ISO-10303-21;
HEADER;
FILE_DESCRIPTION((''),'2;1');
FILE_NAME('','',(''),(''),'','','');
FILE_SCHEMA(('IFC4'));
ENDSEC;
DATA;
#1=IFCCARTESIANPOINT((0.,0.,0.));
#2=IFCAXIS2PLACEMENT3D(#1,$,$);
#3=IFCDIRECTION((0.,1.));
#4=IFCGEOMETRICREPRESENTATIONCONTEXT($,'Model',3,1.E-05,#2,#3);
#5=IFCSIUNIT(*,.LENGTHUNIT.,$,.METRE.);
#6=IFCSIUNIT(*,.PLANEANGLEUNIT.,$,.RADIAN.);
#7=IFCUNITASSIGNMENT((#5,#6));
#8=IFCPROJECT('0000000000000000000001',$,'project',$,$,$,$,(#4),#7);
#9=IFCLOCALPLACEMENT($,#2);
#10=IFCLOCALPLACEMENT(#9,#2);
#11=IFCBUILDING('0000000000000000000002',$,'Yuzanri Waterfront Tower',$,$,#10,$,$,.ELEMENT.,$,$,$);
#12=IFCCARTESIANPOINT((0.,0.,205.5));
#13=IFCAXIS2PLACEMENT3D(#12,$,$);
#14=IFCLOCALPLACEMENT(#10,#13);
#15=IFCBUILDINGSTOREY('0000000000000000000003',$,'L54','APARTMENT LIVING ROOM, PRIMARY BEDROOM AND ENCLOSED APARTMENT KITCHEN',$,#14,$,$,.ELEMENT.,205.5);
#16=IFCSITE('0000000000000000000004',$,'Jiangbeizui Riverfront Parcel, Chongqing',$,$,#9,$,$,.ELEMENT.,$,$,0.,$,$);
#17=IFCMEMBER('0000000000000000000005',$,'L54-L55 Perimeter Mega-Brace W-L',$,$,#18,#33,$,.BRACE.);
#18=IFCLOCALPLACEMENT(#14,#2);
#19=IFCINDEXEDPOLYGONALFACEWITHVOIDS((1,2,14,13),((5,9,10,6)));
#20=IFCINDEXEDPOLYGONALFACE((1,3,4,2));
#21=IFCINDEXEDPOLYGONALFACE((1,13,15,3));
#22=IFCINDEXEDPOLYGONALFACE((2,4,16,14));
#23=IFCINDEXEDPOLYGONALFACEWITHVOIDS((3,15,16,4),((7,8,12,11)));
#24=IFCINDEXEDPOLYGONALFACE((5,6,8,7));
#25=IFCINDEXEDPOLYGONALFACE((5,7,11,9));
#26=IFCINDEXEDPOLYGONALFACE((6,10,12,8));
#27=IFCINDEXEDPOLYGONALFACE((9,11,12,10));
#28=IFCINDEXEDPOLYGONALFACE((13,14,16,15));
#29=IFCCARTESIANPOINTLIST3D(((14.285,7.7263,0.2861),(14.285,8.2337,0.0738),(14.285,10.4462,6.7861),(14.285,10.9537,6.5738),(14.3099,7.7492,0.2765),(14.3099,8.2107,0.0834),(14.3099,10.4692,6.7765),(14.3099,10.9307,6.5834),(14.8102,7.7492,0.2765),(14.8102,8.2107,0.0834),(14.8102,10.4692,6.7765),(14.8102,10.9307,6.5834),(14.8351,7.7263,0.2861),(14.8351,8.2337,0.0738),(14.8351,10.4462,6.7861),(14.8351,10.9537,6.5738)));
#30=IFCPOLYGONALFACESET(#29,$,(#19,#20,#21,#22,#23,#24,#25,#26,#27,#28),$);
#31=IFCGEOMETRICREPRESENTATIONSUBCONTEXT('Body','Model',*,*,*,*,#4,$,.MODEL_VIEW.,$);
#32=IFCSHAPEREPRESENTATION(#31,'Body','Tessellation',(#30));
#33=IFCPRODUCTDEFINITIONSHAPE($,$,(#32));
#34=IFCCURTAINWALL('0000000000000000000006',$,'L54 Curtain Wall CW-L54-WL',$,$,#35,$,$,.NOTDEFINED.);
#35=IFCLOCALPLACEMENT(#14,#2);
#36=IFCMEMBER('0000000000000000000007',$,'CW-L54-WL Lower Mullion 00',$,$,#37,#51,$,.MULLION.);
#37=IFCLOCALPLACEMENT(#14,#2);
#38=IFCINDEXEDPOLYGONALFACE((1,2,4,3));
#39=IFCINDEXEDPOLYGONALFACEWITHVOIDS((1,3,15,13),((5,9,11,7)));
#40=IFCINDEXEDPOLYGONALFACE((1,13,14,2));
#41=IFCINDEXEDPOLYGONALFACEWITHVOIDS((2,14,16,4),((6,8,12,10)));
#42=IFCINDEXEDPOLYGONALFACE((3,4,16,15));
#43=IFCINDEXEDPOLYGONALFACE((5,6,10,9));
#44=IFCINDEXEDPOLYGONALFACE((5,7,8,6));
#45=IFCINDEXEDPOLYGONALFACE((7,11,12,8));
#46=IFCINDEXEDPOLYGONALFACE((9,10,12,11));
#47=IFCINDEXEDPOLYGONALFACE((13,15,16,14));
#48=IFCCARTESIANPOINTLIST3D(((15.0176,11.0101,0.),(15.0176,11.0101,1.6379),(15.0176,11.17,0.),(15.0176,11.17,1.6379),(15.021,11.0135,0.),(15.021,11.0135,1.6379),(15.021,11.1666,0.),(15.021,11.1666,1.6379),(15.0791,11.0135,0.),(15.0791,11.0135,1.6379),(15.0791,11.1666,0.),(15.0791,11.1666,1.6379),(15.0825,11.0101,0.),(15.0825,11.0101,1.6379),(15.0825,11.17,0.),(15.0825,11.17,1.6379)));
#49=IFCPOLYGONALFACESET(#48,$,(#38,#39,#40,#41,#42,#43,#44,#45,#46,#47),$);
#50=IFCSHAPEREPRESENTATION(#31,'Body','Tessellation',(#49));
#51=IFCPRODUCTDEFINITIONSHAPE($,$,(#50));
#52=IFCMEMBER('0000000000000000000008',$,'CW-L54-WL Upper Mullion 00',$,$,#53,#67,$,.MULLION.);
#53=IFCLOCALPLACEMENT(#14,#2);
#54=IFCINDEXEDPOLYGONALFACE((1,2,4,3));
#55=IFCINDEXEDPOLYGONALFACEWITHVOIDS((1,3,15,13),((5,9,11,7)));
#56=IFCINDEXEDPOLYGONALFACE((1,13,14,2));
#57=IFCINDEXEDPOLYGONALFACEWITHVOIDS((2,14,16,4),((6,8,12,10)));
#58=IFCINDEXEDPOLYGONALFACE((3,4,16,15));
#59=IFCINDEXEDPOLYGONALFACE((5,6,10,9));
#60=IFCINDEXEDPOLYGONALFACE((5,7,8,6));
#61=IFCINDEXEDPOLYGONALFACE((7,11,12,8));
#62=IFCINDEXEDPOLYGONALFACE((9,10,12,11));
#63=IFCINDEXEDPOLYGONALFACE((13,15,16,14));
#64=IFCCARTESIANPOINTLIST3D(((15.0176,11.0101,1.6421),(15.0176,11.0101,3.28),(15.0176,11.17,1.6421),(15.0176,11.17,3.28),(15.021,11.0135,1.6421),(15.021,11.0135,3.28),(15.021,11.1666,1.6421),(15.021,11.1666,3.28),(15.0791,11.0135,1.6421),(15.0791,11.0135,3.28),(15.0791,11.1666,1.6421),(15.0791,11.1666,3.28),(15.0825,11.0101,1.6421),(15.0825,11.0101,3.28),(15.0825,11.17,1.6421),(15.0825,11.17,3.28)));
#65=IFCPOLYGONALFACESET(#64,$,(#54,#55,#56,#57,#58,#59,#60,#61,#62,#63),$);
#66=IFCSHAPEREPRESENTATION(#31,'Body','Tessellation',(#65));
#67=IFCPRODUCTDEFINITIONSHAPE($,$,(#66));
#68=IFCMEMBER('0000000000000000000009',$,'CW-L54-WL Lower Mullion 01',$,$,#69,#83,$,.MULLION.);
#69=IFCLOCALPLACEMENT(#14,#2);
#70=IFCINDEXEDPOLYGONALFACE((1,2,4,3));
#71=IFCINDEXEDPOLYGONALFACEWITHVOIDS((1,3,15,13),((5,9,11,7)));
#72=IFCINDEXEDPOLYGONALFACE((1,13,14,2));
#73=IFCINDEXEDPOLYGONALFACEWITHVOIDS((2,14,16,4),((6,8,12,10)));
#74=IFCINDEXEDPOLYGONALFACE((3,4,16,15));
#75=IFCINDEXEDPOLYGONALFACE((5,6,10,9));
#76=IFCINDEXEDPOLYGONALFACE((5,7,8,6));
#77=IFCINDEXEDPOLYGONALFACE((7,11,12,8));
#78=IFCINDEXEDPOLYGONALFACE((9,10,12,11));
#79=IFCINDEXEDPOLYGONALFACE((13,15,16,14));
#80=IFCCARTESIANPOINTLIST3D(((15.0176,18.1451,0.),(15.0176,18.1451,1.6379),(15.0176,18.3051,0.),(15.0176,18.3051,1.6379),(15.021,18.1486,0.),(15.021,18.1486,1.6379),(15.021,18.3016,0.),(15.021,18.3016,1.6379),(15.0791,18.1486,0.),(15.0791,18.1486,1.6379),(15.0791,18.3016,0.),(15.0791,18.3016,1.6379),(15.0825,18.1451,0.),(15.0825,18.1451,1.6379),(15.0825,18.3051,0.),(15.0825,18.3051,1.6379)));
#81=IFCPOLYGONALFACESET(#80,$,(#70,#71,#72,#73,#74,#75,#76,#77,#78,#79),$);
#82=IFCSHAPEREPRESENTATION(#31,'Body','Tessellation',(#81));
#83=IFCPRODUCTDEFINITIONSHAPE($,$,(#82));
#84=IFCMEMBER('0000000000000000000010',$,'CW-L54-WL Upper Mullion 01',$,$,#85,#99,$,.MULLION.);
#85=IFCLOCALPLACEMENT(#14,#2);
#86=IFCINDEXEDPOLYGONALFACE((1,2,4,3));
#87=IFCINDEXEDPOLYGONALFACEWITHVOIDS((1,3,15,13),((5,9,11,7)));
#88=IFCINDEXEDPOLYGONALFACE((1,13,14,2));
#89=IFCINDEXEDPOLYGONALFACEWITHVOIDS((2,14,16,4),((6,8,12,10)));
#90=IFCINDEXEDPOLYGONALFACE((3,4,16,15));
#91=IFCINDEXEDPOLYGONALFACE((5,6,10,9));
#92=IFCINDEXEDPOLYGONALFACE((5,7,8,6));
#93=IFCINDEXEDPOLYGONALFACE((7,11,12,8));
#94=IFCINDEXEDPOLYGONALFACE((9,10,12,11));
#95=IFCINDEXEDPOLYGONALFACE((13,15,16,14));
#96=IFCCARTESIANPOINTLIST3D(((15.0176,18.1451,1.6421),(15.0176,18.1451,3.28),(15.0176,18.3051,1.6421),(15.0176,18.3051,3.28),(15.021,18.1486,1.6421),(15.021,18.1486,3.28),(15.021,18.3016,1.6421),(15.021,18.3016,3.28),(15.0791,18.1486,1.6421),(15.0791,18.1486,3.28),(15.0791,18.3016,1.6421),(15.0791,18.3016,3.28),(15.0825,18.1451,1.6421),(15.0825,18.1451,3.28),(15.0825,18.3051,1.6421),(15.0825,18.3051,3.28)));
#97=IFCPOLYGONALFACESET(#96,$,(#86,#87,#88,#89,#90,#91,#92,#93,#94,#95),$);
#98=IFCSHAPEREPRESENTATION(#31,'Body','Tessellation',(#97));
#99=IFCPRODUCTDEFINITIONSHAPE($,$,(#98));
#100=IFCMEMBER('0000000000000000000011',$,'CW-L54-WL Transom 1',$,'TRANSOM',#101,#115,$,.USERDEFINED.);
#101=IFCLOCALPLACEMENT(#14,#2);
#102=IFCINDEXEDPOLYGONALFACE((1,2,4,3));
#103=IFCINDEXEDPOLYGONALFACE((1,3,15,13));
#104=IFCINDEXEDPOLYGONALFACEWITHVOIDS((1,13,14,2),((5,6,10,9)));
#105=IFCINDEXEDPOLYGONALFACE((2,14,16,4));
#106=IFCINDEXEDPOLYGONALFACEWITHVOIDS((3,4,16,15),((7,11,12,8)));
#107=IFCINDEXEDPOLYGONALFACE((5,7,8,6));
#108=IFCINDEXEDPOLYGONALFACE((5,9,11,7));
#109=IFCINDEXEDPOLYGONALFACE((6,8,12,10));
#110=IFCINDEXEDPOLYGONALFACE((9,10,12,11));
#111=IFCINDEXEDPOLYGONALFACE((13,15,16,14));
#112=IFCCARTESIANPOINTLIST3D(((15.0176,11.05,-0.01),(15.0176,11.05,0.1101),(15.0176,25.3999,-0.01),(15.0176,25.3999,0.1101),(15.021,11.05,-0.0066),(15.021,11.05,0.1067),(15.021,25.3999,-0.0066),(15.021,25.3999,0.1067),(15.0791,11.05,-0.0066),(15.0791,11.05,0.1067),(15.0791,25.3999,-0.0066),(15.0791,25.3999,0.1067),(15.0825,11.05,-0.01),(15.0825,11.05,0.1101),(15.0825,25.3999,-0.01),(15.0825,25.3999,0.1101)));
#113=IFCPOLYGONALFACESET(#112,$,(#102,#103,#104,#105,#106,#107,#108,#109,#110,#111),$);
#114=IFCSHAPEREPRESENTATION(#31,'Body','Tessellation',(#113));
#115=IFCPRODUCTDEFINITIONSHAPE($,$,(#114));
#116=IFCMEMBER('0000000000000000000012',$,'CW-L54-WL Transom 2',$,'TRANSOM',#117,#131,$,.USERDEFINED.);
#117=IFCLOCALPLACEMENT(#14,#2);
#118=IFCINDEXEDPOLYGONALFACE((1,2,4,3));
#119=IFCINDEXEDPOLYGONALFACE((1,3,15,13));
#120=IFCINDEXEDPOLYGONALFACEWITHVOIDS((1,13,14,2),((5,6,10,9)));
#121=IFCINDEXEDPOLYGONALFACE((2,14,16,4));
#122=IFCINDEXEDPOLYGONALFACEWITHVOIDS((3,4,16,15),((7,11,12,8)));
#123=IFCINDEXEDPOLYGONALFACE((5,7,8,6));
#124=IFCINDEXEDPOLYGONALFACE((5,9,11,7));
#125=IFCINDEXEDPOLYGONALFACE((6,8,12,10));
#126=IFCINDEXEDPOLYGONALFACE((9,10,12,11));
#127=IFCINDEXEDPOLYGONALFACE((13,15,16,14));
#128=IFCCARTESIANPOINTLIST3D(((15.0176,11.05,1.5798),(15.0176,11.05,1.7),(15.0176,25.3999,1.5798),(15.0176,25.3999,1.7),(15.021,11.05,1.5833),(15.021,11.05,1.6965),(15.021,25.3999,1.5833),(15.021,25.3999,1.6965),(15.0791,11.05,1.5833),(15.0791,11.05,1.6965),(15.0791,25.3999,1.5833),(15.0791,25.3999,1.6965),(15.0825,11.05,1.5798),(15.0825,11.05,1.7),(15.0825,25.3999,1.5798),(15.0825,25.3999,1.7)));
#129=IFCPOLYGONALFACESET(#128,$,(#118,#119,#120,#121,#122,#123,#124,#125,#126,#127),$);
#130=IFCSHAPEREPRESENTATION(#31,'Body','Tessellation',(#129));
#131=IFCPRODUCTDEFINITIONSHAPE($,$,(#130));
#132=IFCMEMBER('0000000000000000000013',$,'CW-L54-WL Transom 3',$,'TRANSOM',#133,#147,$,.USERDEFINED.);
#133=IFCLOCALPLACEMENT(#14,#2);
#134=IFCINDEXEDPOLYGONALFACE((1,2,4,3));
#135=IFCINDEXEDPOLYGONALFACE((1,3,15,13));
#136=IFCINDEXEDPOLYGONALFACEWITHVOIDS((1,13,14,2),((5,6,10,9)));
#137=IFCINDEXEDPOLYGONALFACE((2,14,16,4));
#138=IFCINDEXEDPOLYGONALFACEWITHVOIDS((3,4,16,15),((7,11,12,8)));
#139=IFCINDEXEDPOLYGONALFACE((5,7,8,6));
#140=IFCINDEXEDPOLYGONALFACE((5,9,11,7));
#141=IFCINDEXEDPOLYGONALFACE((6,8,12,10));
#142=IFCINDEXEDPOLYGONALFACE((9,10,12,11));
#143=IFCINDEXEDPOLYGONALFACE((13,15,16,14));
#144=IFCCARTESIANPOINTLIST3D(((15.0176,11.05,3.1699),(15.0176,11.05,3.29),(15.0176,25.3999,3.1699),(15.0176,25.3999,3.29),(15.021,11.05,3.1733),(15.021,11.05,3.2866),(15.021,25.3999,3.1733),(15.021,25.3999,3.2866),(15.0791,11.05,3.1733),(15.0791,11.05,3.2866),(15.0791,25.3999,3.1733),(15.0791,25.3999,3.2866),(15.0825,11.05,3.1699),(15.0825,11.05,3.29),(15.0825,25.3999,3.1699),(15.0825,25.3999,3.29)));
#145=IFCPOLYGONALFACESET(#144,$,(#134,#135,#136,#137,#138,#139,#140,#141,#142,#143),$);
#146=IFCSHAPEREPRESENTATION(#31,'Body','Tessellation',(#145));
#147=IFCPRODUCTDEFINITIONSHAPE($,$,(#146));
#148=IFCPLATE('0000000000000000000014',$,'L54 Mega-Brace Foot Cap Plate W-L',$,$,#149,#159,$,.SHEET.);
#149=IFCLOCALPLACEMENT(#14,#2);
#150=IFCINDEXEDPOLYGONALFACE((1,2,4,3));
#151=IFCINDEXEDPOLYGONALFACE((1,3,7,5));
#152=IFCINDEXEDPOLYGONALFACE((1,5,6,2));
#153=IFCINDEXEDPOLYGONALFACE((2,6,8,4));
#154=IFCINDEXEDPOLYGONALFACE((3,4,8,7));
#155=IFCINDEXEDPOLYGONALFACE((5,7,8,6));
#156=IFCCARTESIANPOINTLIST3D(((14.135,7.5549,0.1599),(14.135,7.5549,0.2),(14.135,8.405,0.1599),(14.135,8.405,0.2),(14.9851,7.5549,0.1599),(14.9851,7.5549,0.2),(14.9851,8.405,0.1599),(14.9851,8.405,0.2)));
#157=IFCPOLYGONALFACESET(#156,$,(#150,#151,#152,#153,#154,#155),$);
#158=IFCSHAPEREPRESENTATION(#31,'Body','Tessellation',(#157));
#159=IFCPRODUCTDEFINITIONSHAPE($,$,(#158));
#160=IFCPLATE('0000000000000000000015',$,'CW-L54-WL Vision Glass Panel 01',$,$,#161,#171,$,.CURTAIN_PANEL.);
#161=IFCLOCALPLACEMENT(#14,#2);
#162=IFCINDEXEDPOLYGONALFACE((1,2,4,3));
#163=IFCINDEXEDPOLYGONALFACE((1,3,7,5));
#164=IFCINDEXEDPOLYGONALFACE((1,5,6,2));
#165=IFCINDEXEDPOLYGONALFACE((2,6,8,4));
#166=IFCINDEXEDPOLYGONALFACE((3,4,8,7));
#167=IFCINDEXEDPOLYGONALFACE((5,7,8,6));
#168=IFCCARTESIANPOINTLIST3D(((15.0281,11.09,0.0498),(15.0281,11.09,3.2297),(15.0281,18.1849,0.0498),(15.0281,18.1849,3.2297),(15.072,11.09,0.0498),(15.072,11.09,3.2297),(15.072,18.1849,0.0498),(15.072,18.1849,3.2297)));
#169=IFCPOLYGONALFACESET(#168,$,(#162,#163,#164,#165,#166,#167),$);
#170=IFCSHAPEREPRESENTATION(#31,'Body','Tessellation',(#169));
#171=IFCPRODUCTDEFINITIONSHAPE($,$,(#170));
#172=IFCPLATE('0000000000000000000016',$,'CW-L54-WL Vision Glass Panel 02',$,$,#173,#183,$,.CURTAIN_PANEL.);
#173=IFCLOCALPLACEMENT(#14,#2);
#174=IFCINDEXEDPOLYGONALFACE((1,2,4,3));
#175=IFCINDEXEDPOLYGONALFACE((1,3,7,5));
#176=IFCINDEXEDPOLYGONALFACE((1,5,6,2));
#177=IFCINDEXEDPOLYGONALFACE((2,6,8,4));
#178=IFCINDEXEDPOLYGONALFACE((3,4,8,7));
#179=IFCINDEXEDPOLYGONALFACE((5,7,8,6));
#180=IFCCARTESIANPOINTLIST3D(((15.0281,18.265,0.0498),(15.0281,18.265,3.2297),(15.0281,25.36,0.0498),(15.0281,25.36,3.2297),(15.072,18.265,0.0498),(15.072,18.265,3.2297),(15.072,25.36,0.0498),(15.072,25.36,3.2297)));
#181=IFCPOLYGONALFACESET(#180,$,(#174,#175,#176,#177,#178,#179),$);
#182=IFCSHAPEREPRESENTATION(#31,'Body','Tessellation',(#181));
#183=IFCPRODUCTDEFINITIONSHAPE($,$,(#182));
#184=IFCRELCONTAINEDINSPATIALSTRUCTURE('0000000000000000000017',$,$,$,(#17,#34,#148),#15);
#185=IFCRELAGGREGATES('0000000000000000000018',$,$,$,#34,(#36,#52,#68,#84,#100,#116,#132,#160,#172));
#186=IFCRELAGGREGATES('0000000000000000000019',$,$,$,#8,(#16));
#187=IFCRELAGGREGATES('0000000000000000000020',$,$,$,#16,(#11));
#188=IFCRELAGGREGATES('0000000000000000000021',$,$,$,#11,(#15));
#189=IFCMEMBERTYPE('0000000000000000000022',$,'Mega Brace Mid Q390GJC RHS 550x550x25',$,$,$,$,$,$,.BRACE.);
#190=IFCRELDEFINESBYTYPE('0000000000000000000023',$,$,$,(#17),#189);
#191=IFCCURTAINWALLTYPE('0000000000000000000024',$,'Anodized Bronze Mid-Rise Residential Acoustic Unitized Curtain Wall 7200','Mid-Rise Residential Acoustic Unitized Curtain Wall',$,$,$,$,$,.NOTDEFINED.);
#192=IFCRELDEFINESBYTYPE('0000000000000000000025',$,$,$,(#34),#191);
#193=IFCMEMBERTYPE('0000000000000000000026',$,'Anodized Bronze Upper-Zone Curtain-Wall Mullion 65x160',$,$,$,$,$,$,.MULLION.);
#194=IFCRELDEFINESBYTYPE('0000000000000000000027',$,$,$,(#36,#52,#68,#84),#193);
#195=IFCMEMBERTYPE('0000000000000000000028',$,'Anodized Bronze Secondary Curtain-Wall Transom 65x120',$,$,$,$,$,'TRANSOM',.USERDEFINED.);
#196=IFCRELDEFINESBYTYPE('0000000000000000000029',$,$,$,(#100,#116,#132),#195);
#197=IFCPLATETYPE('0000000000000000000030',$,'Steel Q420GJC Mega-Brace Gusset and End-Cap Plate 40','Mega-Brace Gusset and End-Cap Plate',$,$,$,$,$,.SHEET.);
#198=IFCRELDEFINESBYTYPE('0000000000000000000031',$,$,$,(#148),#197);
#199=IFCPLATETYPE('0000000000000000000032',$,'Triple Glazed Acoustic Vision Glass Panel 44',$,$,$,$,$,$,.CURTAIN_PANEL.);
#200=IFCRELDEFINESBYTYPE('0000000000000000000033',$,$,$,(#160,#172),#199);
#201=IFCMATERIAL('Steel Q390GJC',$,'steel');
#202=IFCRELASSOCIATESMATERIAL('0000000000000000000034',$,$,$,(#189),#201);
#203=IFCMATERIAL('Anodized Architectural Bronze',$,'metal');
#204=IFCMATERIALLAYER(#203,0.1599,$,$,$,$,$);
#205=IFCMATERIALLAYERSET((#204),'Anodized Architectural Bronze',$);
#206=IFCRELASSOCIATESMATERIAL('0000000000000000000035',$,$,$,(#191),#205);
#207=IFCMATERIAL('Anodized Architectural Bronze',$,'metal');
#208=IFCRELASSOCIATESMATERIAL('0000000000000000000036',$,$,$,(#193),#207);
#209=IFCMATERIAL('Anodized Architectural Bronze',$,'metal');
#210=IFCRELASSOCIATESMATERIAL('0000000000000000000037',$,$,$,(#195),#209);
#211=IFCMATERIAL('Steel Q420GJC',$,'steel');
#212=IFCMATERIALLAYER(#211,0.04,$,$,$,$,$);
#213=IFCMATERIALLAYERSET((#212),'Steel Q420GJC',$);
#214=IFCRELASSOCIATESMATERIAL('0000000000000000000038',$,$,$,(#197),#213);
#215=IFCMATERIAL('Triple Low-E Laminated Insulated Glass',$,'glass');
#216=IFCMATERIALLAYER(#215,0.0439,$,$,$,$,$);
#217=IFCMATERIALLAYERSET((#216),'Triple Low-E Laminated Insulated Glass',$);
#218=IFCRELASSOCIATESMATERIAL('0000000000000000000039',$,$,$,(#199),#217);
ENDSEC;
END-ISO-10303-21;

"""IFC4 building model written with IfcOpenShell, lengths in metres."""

from ifc_helpers import new_model, si_unit, direction, frame, origin, origin_2d, place, context, subcontext, project, spatial, rectangle, hollow_rectangle, extrude, source, transform, mapped, material, layer, layer_set, material_profile, profile_set, type_object, element, aggregate, save


model = new_model("IFC4")

# Units and contexts
model_context = context("Model", 3, precision=1e-05, world=origin(), true_north=direction((0.0, 1.0)))
body_context = subcontext(model_context, "Body", "Model", "MODEL_VIEW")
ifc_project = project(units=[si_unit("LENGTHUNIT", "METRE"), si_unit("PLANEANGLEUNIT", "RADIAN")], contexts=[model_context])

# Site, building, storey
site_placement = place(None, origin())
site = spatial("IfcSite", under=ifc_project, at=site_placement, Name="Jiangbeizui Riverfront Parcel, Chongqing", CompositionType="ELEMENT", RefElevation=0.0)
building_placement = place(site_placement, origin())
building = spatial("IfcBuilding", under=site, at=building_placement, Name="Yuzanri Waterfront Tower", CompositionType="ELEMENT")
storey_placement = place(building_placement, frame((0.0, 0.0, 205.5)))
storey = spatial("IfcBuildingStorey", under=building, at=storey_placement, Name="L54", Description="APARTMENT LIVING ROOM, PRIMARY BEDROOM AND ENCLOSED APARTMENT KITCHEN", CompositionType="ELEMENT", Elevation=205.5)

# Member
ifc_material_1 = material(Name="Steel Q390GJC", Category="steel")
ifc_material_profile_1 = material_profile(ifc_material_1, hollow_rectangle(XDim=0.55, YDim=0.55, WallThickness=0.0249, at=origin_2d()), Name="RHS 550x550x25")
ifc_profile_set_1 = profile_set([ifc_material_profile_1], Name="Steel Q390GJC")
member_type_1 = type_object("IfcMemberType", Name="Mega Brace Mid Q390GJC RHS 550x550x25", PredefinedType="BRACE", material=ifc_profile_set_1)
shared_shape_1 = source(origin(), body_context, "Body", "SweptSolid", [
    extrude(hollow_rectangle(XDim=0.55, YDim=0.55, WallThickness=0.0249, at=origin_2d()), origin(), (0.0, 0.0, 1.0), 7.0461),
])
member_1_placement = place(storey_placement, frame((14.5601, 7.98, 0.1799), z_axis=(0.0, 0.386022, 0.922489), x_axis=(-1.0, 0.0, 0.0)))
element("IfcMember", 1, at=member_1_placement, inside=storey, type_object=member_type_1, Name="L54-L55 Perimeter Mega-Brace W-L", PredefinedType="BRACE", context=body_context, shape_type="MappedRepresentation", body=[
    mapped(shared_shape_1, transform((0.0, 0.0, 0.0), scale=1.0)),
])

# Curtain wall, members
ifc_material_2 = material(Name="Anodized Architectural Bronze", Category="metal")
ifc_layer_1 = layer(ifc_material_2, 0.1599)
ifc_layer_set_1 = layer_set([ifc_layer_1], Name="Anodized Architectural Bronze")
curtain_wall_type = type_object("IfcCurtainWallType", Name="Anodized Bronze Mid-Rise Residential Acoustic Unitized Curtain Wall 7200", Description="Mid-Rise Residential Acoustic Unitized Curtain Wall", PredefinedType="NOTDEFINED", material=ifc_layer_set_1)
curtain_wall_placement = place(storey_placement, origin())
curtain_wall = element("IfcCurtainWall", 2, at=curtain_wall_placement, inside=storey, type_object=curtain_wall_type, Name="L54 Curtain Wall CW-L54-WL", PredefinedType="NOTDEFINED")
ifc_material_3 = material(Name="Anodized Architectural Bronze", Category="metal")
ifc_material_profile_2 = material_profile(ifc_material_3, hollow_rectangle(XDim=0.0649, YDim=0.1599, WallThickness=0.0034, at=origin_2d()), Name="CWM 65x160")
ifc_profile_set_2 = profile_set([ifc_material_profile_2], Name="Anodized Architectural Bronze")
member_type_2 = type_object("IfcMemberType", Name="Anodized Bronze Upper-Zone Curtain-Wall Mullion 65x160", PredefinedType="MULLION", material=ifc_profile_set_2)
shared_shape_2 = source(origin(), body_context, "Body", "SweptSolid", [
    extrude(hollow_rectangle(XDim=0.0649, YDim=0.1599, WallThickness=0.0034, at=origin_2d()), origin(), (0.0, 0.0, 1.0), 1.6379),
])
member_2_placement = place(storey_placement, frame((15.05, 11.0901, 0.0), z_axis=(0.0, 0.0, 1.0), x_axis=(1.0, 0.0, 0.0)))
member_2 = element("IfcMember", 3, at=member_2_placement, type_object=member_type_2, Name="CW-L54-WL Lower Mullion 00", PredefinedType="MULLION", context=body_context, shape_type="MappedRepresentation", body=[
    mapped(shared_shape_2, transform((0.0, 0.0, 0.0), scale=1.0)),
])
member_3_placement = place(storey_placement, frame((15.05, 11.0901, 1.6421), z_axis=(0.0, 0.0, 1.0), x_axis=(1.0, 0.0, 0.0)))
member_3 = element("IfcMember", 4, at=member_3_placement, type_object=member_type_2, Name="CW-L54-WL Upper Mullion 00", PredefinedType="MULLION", context=body_context, shape_type="MappedRepresentation", body=[
    mapped(shared_shape_2, transform((0.0, 0.0, 0.0), scale=1.0)),
])
member_4_placement = place(storey_placement, frame((15.05, 18.2251, 0.0), z_axis=(0.0, 0.0, 1.0), x_axis=(1.0, 0.0, 0.0)))
member_4 = element("IfcMember", 5, at=member_4_placement, type_object=member_type_2, Name="CW-L54-WL Lower Mullion 01", PredefinedType="MULLION", context=body_context, shape_type="MappedRepresentation", body=[
    mapped(shared_shape_2, transform((0.0, 0.0, 0.0), scale=1.0)),
])
member_5_placement = place(storey_placement, frame((15.05, 18.2251, 1.6421), z_axis=(0.0, 0.0, 1.0), x_axis=(1.0, 0.0, 0.0)))
member_5 = element("IfcMember", 6, at=member_5_placement, type_object=member_type_2, Name="CW-L54-WL Upper Mullion 01", PredefinedType="MULLION", context=body_context, shape_type="MappedRepresentation", body=[
    mapped(shared_shape_2, transform((0.0, 0.0, 0.0), scale=1.0)),
])
ifc_material_4 = material(Name="Anodized Architectural Bronze", Category="metal")
ifc_material_profile_3 = material_profile(ifc_material_4, hollow_rectangle(XDim=0.0649, YDim=0.1201, WallThickness=0.0034, at=origin_2d()), Name="CWT 65x120")
ifc_profile_set_3 = profile_set([ifc_material_profile_3], Name="Anodized Architectural Bronze")
member_type_3 = type_object("IfcMemberType", Name="Anodized Bronze Secondary Curtain-Wall Transom 65x120", ElementType="TRANSOM", PredefinedType="USERDEFINED", material=ifc_profile_set_3)
shared_shape_3 = source(origin(), body_context, "Body", "SweptSolid", [
    extrude(hollow_rectangle(XDim=0.0649, YDim=0.1201, WallThickness=0.0034, at=origin_2d()), origin(), (0.0, 0.0, 1.0), 14.3499),
])
member_6_placement = place(storey_placement, frame((15.05, 11.05, 0.05), z_axis=(0.0, 1.0, 0.0), x_axis=(-1.0, 0.0, 0.0)))
member_6 = element("IfcMember", 7, at=member_6_placement, type_object=member_type_3, Name="CW-L54-WL Transom 1", ObjectType="TRANSOM", PredefinedType="USERDEFINED", context=body_context, shape_type="MappedRepresentation", body=[
    mapped(shared_shape_3, transform((0.0, 0.0, 0.0), scale=1.0)),
])
member_7_placement = place(storey_placement, frame((15.05, 11.05, 1.6399), z_axis=(0.0, 1.0, 0.0), x_axis=(-1.0, 0.0, 0.0)))
member_7 = element("IfcMember", 8, at=member_7_placement, type_object=member_type_3, Name="CW-L54-WL Transom 2", ObjectType="TRANSOM", PredefinedType="USERDEFINED", context=body_context, shape_type="MappedRepresentation", body=[
    mapped(shared_shape_3, transform((0.0, 0.0, 0.0), scale=1.0)),
])
member_8_placement = place(storey_placement, frame((15.05, 11.05, 3.23), z_axis=(0.0, 1.0, 0.0), x_axis=(-1.0, 0.0, 0.0)))
member_8 = element("IfcMember", 9, at=member_8_placement, type_object=member_type_3, Name="CW-L54-WL Transom 3", ObjectType="TRANSOM", PredefinedType="USERDEFINED", context=body_context, shape_type="MappedRepresentation", body=[
    mapped(shared_shape_3, transform((0.0, 0.0, 0.0), scale=1.0)),
])

# Plates
ifc_material_5 = material(Name="Steel Q420GJC", Category="steel")
ifc_layer_2 = layer(ifc_material_5, 0.04)
ifc_layer_set_2 = layer_set([ifc_layer_2], Name="Steel Q420GJC")
plate_type_1 = type_object("IfcPlateType", Name="Steel Q420GJC Mega-Brace Gusset and End-Cap Plate 40", Description="Mega-Brace Gusset and End-Cap Plate", PredefinedType="SHEET", material=ifc_layer_set_2)
shared_shape_4 = source(origin(), body_context, "Body", "SweptSolid", [
    extrude(rectangle(XDim=0.8501, YDim=0.8501, at=origin_2d()), origin(), (0.0, 0.0, 1.0), 0.04),
])
plate_1_placement = place(storey_placement, frame((14.5601, 7.98, 0.1599), z_axis=(0.0, 0.0, 1.0), x_axis=(1.0, 0.0, 0.0)))
element("IfcPlate", 10, at=plate_1_placement, inside=storey, type_object=plate_type_1, Name="L54 Mega-Brace Foot Cap Plate W-L", PredefinedType="SHEET", context=body_context, shape_type="MappedRepresentation", body=[
    mapped(shared_shape_4, transform((0.0, 0.0, 0.0), scale=1.0)),
])
ifc_material_6 = material(Name="Triple Low-E Laminated Insulated Glass", Category="glass")
ifc_layer_3 = layer(ifc_material_6, 0.0439)
ifc_layer_set_3 = layer_set([ifc_layer_3], Name="Triple Low-E Laminated Insulated Glass")
plate_type_2 = type_object("IfcPlateType", Name="Triple Glazed Acoustic Vision Glass Panel 44", PredefinedType="CURTAIN_PANEL", material=ifc_layer_set_3)
shared_shape_5 = source(origin(), body_context, "Body", "SweptSolid", [
    extrude(rectangle(XDim=7.095, YDim=0.0439, at=origin_2d()), origin(), (0.0, 0.0, 1.0), 3.1799),
])
plate_2_placement = place(storey_placement, frame((15.05, 14.6375, 0.0498), z_axis=(0.0, 0.0, 1.0), x_axis=(0.0, 1.0, 0.0)))
plate_2 = element("IfcPlate", 11, at=plate_2_placement, type_object=plate_type_2, Name="CW-L54-WL Vision Glass Panel 01", PredefinedType="CURTAIN_PANEL", context=body_context, shape_type="MappedRepresentation", body=[
    mapped(shared_shape_5, transform((0.0, 0.0, 0.0), scale=1.0)),
])
plate_3_placement = place(storey_placement, frame((15.05, 21.8125, 0.0498), z_axis=(0.0, 0.0, 1.0), x_axis=(0.0, 1.0, 0.0)))
plate_3 = element("IfcPlate", 12, at=plate_3_placement, type_object=plate_type_2, Name="CW-L54-WL Vision Glass Panel 02", PredefinedType="CURTAIN_PANEL", context=body_context, shape_type="MappedRepresentation", body=[
    mapped(shared_shape_5, transform((0.0, 0.0, 0.0), scale=1.0)),
])
aggregate(curtain_wall, [member_2, member_3, member_4, member_5, member_6, member_7, member_8, plate_2, plate_3])

save(model, "model.ifc")
